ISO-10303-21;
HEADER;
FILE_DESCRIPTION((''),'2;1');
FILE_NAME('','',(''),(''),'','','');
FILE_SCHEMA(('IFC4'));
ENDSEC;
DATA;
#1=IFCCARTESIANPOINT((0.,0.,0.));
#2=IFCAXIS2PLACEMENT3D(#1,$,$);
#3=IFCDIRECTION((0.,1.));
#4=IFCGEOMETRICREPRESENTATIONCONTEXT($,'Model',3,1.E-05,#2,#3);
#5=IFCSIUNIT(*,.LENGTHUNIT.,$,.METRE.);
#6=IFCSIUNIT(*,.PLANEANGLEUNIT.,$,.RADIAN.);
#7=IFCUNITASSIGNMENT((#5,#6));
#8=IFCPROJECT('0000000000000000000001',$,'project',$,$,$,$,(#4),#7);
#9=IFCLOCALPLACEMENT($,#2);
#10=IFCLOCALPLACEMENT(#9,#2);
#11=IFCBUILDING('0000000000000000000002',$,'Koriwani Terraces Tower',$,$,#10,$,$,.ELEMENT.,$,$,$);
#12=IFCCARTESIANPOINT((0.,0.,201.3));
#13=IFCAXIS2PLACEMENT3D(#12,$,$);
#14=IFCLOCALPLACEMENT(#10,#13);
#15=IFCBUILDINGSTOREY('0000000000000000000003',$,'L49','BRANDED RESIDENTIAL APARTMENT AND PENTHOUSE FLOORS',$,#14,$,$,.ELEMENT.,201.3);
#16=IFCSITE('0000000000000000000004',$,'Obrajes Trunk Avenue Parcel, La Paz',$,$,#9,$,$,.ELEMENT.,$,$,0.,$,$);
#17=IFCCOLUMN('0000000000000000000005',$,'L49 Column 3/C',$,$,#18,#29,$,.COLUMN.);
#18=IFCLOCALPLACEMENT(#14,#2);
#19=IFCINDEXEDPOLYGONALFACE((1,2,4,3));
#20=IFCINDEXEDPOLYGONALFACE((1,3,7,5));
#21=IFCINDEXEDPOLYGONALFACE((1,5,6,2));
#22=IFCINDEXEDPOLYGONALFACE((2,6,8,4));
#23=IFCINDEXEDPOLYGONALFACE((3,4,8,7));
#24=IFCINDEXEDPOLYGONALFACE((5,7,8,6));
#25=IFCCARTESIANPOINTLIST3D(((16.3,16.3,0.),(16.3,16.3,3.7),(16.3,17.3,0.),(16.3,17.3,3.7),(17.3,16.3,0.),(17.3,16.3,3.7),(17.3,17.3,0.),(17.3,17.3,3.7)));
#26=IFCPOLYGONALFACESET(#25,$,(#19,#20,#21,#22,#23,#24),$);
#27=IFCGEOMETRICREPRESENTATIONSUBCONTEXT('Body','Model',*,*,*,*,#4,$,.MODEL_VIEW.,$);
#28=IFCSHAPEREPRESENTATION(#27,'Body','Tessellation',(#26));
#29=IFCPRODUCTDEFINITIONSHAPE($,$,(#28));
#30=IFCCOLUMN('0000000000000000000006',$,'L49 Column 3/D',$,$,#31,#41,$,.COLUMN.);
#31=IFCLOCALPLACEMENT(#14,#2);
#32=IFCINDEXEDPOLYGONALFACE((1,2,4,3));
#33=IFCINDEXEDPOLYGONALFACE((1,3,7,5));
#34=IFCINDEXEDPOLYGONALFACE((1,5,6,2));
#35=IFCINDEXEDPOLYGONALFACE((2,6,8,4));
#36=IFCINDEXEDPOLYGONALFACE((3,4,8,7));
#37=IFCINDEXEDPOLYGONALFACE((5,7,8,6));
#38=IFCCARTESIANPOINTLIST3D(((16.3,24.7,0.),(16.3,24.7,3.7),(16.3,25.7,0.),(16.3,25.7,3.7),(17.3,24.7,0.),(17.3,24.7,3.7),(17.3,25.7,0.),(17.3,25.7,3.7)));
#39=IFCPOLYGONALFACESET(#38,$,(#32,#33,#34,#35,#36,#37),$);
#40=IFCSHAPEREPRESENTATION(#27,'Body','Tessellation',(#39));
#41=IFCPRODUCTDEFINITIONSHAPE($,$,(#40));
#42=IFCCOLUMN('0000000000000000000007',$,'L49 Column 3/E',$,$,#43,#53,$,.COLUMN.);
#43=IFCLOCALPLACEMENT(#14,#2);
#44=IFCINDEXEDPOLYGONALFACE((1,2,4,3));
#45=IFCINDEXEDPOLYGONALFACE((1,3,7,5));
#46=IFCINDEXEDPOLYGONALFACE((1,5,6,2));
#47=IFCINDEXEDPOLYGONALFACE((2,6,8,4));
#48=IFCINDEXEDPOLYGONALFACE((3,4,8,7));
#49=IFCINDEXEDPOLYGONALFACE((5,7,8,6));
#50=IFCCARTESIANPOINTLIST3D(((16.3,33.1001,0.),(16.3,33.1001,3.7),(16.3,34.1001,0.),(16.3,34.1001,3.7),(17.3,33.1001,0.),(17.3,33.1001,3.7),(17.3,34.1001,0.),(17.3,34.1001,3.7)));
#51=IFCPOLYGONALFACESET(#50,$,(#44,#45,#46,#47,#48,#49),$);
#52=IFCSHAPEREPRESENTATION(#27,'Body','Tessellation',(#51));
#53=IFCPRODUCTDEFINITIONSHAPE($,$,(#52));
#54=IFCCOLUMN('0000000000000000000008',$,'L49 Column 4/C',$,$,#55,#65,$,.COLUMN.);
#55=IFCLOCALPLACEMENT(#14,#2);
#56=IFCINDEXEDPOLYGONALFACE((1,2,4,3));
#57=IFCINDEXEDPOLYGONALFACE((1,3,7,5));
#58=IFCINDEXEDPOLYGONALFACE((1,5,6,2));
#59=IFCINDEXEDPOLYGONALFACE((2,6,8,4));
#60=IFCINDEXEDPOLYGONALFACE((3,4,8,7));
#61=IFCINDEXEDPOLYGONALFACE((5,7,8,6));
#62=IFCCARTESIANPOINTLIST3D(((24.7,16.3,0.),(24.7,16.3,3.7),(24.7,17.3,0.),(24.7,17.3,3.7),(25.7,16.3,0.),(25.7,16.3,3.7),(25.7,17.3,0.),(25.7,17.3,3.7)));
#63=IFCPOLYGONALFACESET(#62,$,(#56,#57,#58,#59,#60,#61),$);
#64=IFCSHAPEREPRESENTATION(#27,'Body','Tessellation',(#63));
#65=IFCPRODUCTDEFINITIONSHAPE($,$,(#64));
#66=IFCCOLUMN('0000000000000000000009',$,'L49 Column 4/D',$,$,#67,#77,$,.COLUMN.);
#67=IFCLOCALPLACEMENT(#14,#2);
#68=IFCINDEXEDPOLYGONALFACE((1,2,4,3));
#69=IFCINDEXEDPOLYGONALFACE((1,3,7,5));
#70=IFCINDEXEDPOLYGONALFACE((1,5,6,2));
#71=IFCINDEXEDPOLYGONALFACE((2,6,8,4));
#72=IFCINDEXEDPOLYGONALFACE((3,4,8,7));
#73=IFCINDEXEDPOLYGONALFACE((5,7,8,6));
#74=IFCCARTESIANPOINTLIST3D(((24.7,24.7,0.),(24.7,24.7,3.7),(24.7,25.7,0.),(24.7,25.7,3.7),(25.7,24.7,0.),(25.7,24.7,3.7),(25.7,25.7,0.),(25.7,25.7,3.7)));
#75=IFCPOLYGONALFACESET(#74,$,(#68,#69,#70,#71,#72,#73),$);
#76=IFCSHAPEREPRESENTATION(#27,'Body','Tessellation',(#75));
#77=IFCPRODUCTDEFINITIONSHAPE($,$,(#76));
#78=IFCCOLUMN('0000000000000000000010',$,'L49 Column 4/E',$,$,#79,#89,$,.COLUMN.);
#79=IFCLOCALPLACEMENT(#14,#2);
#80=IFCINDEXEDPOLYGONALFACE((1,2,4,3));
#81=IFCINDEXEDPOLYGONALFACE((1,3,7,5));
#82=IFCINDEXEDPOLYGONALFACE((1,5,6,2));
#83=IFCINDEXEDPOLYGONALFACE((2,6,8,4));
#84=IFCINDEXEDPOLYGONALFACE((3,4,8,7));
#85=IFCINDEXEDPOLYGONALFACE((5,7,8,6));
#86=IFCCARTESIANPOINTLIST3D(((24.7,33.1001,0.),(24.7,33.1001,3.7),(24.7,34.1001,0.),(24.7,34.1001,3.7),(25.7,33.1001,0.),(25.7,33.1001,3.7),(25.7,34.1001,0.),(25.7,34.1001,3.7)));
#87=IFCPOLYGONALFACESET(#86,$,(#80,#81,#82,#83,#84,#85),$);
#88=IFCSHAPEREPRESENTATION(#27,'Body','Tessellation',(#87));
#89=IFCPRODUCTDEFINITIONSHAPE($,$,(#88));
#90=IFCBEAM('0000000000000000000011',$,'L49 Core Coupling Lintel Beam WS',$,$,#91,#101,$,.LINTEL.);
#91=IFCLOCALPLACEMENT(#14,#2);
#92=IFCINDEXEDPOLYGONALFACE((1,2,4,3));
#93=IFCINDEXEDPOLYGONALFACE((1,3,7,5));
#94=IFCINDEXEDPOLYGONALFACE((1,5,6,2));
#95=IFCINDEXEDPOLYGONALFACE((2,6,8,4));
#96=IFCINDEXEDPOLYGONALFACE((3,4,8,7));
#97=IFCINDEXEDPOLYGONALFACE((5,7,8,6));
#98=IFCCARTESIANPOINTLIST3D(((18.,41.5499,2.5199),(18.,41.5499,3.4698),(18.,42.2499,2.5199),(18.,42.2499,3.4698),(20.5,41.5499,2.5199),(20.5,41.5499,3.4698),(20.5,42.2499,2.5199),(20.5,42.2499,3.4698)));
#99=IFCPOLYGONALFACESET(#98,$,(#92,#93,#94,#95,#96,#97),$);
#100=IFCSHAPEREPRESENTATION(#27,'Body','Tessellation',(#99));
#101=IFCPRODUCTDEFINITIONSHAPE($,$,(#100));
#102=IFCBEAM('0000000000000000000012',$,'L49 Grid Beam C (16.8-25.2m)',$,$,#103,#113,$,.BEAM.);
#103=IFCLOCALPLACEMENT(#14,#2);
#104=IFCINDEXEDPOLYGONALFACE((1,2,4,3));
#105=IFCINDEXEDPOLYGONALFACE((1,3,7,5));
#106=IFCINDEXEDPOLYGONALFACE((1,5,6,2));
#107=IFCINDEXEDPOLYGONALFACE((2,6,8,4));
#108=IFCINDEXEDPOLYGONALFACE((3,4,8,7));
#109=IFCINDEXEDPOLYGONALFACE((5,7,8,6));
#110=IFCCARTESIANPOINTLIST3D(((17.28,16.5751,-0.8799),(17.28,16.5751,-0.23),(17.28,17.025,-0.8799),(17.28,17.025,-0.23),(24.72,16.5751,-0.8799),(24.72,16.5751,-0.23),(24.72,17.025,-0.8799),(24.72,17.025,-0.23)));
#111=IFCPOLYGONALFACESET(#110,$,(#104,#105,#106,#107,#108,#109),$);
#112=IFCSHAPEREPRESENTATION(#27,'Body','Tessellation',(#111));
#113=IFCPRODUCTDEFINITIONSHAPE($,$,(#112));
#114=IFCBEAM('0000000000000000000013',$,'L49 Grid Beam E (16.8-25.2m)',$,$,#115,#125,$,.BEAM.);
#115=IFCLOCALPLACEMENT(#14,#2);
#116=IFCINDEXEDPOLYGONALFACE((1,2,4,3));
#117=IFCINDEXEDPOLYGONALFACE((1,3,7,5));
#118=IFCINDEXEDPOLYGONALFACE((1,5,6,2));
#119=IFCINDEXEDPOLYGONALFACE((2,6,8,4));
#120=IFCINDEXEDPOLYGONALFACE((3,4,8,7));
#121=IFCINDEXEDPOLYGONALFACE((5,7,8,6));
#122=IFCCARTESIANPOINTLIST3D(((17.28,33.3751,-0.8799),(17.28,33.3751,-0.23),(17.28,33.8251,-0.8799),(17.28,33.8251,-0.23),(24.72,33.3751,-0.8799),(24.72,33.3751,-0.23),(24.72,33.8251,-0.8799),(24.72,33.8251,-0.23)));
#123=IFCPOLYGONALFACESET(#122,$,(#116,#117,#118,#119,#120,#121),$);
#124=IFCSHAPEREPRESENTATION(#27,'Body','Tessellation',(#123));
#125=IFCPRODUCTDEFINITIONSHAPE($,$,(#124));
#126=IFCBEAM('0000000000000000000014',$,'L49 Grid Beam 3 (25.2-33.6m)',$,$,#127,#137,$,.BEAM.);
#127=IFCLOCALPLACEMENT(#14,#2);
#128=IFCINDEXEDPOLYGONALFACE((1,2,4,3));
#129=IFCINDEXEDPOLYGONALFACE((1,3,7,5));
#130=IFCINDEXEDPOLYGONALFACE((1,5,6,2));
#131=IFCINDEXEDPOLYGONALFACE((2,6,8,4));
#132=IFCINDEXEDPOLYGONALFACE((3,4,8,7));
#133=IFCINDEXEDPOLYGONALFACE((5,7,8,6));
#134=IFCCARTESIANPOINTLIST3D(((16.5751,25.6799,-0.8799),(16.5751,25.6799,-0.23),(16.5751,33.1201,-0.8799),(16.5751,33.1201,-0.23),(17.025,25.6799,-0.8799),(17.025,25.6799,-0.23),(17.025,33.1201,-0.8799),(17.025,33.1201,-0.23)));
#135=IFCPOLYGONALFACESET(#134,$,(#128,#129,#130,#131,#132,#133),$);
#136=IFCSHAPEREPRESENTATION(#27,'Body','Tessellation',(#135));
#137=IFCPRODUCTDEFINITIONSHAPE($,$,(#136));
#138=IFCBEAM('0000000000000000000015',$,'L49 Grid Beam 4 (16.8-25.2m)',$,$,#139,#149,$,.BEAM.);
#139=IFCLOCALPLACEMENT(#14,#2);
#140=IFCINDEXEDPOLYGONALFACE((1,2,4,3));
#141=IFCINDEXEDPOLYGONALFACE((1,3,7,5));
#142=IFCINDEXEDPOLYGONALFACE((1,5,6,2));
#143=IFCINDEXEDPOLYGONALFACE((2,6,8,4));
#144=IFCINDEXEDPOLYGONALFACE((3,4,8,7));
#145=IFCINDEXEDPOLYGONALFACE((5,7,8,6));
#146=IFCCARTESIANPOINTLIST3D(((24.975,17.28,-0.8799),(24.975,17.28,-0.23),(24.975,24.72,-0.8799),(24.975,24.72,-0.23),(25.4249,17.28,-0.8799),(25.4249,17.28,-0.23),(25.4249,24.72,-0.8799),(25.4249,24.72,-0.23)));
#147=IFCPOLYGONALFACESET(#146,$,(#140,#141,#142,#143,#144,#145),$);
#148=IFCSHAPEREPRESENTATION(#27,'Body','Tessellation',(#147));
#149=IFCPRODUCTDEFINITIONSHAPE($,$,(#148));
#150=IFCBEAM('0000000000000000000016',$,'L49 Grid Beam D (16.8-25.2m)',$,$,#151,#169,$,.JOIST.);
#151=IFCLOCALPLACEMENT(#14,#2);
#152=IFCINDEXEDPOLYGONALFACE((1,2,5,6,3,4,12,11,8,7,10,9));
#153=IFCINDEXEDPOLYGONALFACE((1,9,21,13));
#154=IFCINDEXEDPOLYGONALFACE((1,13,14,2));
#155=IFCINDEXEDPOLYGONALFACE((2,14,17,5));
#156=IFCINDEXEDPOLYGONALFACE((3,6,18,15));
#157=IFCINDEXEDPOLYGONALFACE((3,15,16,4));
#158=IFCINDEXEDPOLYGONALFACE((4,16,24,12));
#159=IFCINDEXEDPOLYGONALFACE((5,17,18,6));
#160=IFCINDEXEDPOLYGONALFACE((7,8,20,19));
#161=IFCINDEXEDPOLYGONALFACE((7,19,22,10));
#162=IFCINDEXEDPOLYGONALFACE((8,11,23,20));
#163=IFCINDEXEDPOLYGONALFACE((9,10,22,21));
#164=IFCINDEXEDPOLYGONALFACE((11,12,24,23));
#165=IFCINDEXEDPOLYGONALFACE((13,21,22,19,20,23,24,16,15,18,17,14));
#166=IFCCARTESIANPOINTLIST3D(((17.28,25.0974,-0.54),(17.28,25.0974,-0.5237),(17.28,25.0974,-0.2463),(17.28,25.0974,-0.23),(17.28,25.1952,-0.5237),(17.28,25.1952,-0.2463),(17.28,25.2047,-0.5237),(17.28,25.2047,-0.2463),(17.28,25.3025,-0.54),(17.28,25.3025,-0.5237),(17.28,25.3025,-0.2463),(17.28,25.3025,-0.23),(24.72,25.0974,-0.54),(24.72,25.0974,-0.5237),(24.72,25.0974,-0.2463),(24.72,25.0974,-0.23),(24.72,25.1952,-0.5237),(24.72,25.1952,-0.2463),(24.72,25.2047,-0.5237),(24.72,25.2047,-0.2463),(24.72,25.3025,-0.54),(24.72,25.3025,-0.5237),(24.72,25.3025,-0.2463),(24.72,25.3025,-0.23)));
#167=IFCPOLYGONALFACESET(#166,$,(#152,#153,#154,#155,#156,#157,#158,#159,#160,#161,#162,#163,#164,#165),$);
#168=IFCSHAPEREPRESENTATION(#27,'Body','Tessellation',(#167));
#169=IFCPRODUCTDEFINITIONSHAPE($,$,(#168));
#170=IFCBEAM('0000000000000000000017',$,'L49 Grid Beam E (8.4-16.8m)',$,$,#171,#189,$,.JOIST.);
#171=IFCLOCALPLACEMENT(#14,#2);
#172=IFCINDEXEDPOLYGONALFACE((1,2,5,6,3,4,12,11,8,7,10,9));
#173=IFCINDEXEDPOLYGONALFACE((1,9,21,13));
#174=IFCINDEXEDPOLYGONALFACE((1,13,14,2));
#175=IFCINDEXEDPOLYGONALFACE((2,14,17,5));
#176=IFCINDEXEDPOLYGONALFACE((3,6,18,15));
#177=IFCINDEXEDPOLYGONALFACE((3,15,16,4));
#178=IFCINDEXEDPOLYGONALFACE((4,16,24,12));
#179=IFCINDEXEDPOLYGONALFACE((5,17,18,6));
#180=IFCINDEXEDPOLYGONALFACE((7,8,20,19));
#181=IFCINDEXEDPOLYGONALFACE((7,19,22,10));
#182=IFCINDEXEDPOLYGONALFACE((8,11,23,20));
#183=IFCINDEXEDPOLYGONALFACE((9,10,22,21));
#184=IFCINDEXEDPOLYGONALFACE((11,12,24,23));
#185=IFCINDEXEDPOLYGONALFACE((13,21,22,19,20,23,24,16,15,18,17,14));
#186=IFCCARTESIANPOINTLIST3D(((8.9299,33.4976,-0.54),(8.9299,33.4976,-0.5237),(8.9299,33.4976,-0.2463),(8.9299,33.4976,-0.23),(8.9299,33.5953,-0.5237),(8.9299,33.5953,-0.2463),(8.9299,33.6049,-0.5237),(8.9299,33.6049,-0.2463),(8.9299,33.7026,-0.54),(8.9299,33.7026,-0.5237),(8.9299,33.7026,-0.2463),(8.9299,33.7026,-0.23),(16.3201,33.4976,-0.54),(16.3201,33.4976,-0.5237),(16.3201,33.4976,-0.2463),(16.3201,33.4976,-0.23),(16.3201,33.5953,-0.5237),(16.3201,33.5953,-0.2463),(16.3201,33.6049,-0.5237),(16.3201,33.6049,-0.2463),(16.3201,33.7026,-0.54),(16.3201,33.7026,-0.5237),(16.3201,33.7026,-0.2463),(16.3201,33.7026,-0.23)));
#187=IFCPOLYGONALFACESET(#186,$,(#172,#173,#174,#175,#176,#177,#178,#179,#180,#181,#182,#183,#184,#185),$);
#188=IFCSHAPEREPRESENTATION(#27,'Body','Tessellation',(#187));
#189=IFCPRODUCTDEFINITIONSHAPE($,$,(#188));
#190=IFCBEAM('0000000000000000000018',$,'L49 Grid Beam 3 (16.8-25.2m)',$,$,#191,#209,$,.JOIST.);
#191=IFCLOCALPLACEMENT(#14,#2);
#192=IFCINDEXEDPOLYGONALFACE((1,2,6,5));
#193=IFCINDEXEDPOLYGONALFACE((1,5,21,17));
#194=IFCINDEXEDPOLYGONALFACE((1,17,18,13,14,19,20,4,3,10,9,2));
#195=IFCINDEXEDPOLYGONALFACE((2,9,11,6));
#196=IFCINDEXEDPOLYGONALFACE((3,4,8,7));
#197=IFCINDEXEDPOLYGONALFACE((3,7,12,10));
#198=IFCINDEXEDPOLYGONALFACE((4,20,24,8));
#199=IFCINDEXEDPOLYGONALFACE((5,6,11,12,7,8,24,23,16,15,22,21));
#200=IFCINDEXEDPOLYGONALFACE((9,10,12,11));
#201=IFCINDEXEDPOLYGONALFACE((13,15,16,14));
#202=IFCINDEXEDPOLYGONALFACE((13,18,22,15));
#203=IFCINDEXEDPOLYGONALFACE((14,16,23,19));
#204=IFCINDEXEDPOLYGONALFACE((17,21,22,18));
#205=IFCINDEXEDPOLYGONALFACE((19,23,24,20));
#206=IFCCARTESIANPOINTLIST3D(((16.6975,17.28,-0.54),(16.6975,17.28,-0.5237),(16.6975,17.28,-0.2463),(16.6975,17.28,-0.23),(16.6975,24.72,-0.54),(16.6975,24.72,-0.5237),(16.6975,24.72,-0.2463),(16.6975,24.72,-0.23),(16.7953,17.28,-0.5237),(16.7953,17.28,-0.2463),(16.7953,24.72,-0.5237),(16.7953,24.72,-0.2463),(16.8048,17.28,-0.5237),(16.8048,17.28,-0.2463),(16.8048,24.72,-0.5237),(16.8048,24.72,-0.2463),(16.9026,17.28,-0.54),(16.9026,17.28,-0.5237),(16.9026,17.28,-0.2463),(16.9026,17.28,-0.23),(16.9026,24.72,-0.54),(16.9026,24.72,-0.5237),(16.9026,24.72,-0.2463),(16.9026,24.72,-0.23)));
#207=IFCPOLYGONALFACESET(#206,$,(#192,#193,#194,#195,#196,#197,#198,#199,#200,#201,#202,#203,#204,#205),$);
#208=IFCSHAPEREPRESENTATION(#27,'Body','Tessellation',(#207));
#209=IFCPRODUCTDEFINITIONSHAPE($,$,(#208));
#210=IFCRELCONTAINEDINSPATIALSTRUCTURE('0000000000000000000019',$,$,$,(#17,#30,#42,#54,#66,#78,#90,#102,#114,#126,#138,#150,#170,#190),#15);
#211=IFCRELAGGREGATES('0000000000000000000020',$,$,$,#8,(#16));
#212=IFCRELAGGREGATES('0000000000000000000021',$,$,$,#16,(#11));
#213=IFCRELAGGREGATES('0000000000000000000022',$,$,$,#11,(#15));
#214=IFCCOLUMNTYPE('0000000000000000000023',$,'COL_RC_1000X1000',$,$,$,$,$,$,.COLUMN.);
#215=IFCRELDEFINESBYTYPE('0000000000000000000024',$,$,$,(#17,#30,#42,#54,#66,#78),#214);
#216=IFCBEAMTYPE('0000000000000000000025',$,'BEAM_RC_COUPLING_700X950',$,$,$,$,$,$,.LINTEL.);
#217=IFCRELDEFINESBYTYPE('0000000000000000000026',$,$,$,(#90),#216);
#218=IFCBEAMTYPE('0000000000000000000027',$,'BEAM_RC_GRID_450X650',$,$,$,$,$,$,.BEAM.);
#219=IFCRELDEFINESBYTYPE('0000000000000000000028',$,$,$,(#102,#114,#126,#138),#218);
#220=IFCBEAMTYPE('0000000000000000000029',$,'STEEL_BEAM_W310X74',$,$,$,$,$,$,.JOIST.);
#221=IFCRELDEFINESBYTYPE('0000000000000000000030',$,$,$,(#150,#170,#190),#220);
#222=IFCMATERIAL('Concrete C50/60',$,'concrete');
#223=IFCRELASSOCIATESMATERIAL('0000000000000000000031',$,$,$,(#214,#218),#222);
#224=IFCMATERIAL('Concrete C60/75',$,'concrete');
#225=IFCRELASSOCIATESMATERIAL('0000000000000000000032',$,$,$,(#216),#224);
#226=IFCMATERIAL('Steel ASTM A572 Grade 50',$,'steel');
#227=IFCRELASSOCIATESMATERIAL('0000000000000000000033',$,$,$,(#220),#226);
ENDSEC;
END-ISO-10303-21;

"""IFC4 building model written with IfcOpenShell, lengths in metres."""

from ifc_helpers import new_model, si_unit, direction, frame, origin, origin_2d, place, context, subcontext, project, spatial, rectangle, i_section, extrude, material, material_profile, profile_set, type_object, element, save


model = new_model("IFC4")

# Units and contexts
model_context = context("Model", 3, precision=1e-05, world=origin(), true_north=direction((0.0, 1.0)))
body_context = subcontext(model_context, "Body", "Model", "MODEL_VIEW")
ifc_project = project(units=[si_unit("LENGTHUNIT", "METRE"), si_unit("PLANEANGLEUNIT", "RADIAN")], contexts=[model_context])

# Site, building, storey
site_placement = place(None, origin())
site = spatial("IfcSite", under=ifc_project, at=site_placement, Name="Obrajes Trunk Avenue Parcel, La Paz", CompositionType="ELEMENT", RefElevation=0.0)
building_placement = place(site_placement, origin())
building = spatial("IfcBuilding", under=site, at=building_placement, Name="Koriwani Terraces Tower", CompositionType="ELEMENT")
storey_placement = place(building_placement, frame((0.0, 0.0, 201.3)))
storey = spatial("IfcBuildingStorey", under=building, at=storey_placement, Name="L49", Description="BRANDED RESIDENTIAL APARTMENT AND PENTHOUSE FLOORS", CompositionType="ELEMENT", Elevation=201.3)

# Columns
ifc_material_1 = material(Name="Concrete C50/60", Category="concrete")
ifc_material_profile_1 = material_profile(ifc_material_1, rectangle(XDim=1.0, YDim=1.0, at=origin_2d()), Name="Concrete C50/60", Category="LoadBearing")
ifc_profile_set_1 = profile_set([ifc_material_profile_1], Name="Concrete C50/60")
column_type = type_object("IfcColumnType", Name="COL_RC_1000X1000", PredefinedType="COLUMN", material=ifc_profile_set_1)
for number, where, z_axis, x_axis, name in (
    (1, (16.8, 16.8, 0.0), (0.0, 0.0, 1.0), (1.0, 0.0, 0.0), "L49 Column 3/C"),
    (2, (16.8, 25.2, 0.0), (0.0, 0.0, 1.0), (1.0, 0.0, 0.0), "L49 Column 3/D"),
    (3, (16.8, 33.6001, 0.0), (0.0, 0.0, 1.0), (1.0, 0.0, 0.0), "L49 Column 3/E"),
    (4, (25.2, 16.8, 0.0), (0.0, 0.0, 1.0), (1.0, 0.0, 0.0), "L49 Column 4/C"),
    (5, (25.2, 25.2, 0.0), (0.0, 0.0, 1.0), (1.0, 0.0, 0.0), "L49 Column 4/D"),
    (6, (25.2, 33.6001, 0.0), (0.0, 0.0, 1.0), (1.0, 0.0, 0.0), "L49 Column 4/E"),
):
    element("IfcColumn", number, at=place(storey_placement, frame(where, z_axis=z_axis, x_axis=x_axis)), inside=storey, type_object=column_type, Name=name, PredefinedType="COLUMN", context=body_context, shape_type="SweptSolid", body=[
        extrude(rectangle(XDim=1.0, YDim=1.0, at=origin_2d()), origin(), (0.0, 0.0, 1.0), 3.7),
    ])

# Beams
ifc_material_2 = material(Name="Concrete C60/75", Category="concrete")
ifc_material_profile_2 = material_profile(ifc_material_2, rectangle(XDim=0.7, YDim=0.95, at=origin_2d()), Name="Concrete C60/75", Category="LoadBearing")
ifc_profile_set_2 = profile_set([ifc_material_profile_2], Name="Concrete C60/75")
beam_type_1 = type_object("IfcBeamType", Name="BEAM_RC_COUPLING_700X950", PredefinedType="LINTEL", material=ifc_profile_set_2)
beam_1_placement = place(storey_placement, frame((18.0, 41.8999, 2.9949), z_axis=(1.0, 0.0, 0.0), x_axis=(0.0, 1.0, 0.0)))
element("IfcBeam", 7, at=beam_1_placement, inside=storey, type_object=beam_type_1, Name="L49 Core Coupling Lintel Beam WS", PredefinedType="LINTEL", context=body_context, shape_type="SweptSolid", body=[
    extrude(rectangle(XDim=0.7, YDim=0.95, at=origin_2d()), origin(), (0.0, 0.0, 1.0), 2.5),
])
ifc_material_profile_3 = material_profile(ifc_material_1, rectangle(XDim=0.45, YDim=0.6499, at=origin_2d()), Name="Concrete C50/60", Category="LoadBearing")
ifc_profile_set_3 = profile_set([ifc_material_profile_3], Name="Concrete C50/60")
beam_type_2 = type_object("IfcBeamType", Name="BEAM_RC_GRID_450X650", PredefinedType="BEAM", material=ifc_profile_set_3)
for number, where, z_axis, x_axis, name in (
    (8, (17.28, 16.8, -0.5549), (1.0, 0.0, 0.0), (0.0, 1.0, 0.0), "L49 Grid Beam C (16.8-25.2m)"),
    (9, (17.28, 33.6001, -0.5549), (1.0, 0.0, 0.0), (0.0, 1.0, 0.0), "L49 Grid Beam E (16.8-25.2m)"),
):
    element("IfcBeam", number, at=place(storey_placement, frame(where, z_axis=z_axis, x_axis=x_axis)), inside=storey, type_object=beam_type_2, Name=name, PredefinedType="BEAM", context=body_context, shape_type="SweptSolid", body=[
        extrude(rectangle(XDim=0.45, YDim=0.6499, at=origin_2d()), origin(), (0.0, 0.0, 1.0), 7.4399),
    ])
beam_2_placement = place(storey_placement, frame((16.8, 25.6799, -0.5549), z_axis=(0.0, 1.0, 0.0), x_axis=(-1.0, 0.0, 0.0)))
element("IfcBeam", 10, at=beam_2_placement, inside=storey, type_object=beam_type_2, Name="L49 Grid Beam 3 (25.2-33.6m)", PredefinedType="BEAM", context=body_context, shape_type="SweptSolid", body=[
    extrude(rectangle(XDim=0.45, YDim=0.6499, at=origin_2d()), origin(), (0.0, 0.0, 1.0), 7.4402),
])
beam_3_placement = place(storey_placement, frame((25.2, 17.28, -0.5549), z_axis=(0.0, 1.0, 0.0), x_axis=(-1.0, 0.0, 0.0)))
element("IfcBeam", 11, at=beam_3_placement, inside=storey, type_object=beam_type_2, Name="L49 Grid Beam 4 (16.8-25.2m)", PredefinedType="BEAM", context=body_context, shape_type="SweptSolid", body=[
    extrude(rectangle(XDim=0.45, YDim=0.6499, at=origin_2d()), origin(), (0.0, 0.0, 1.0), 7.4399),
])
ifc_material_3 = material(Name="Steel ASTM A572 Grade 50", Category="steel")
ifc_material_profile_4 = material_profile(ifc_material_3, i_section(OverallWidth=0.2051, OverallDepth=0.3101, WebThickness=0.0095, FlangeThickness=0.0164, at=origin_2d()), Name="Steel ASTM A572 Grade 50", Category="LoadBearing")
ifc_profile_set_4 = profile_set([ifc_material_profile_4], Name="Steel ASTM A572 Grade 50")
beam_type_3 = type_object("IfcBeamType", Name="STEEL_BEAM_W310X74", PredefinedType="JOIST", material=ifc_profile_set_4)
beam_4_placement = place(storey_placement, frame((17.28, 25.2, -0.385), z_axis=(1.0, 0.0, 0.0), x_axis=(0.0, 1.0, 0.0)))
element("IfcBeam", 12, at=beam_4_placement, inside=storey, type_object=beam_type_3, Name="L49 Grid Beam D (16.8-25.2m)", PredefinedType="JOIST", context=body_context, shape_type="SweptSolid", body=[
    extrude(i_section(OverallWidth=0.2051, OverallDepth=0.3101, WebThickness=0.0095, FlangeThickness=0.0164, at=origin_2d()), origin(), (0.0, 0.0, 1.0), 7.4399),
])
beam_5_placement = place(storey_placement, frame((8.9299, 33.6001, -0.385), z_axis=(1.0, 0.0, 0.0), x_axis=(0.0, 1.0, 0.0)))
element("IfcBeam", 13, at=beam_5_placement, inside=storey, type_object=beam_type_3, Name="L49 Grid Beam E (8.4-16.8m)", PredefinedType="JOIST", context=body_context, shape_type="SweptSolid", body=[
    extrude(i_section(OverallWidth=0.2051, OverallDepth=0.3101, WebThickness=0.0095, FlangeThickness=0.0164, at=origin_2d()), origin(), (0.0, 0.0, 1.0), 7.3901),
])
beam_6_placement = place(storey_placement, frame((16.8, 17.28, -0.385), z_axis=(0.0, 1.0, 0.0), x_axis=(-1.0, 0.0, 0.0)))
element("IfcBeam", 14, at=beam_6_placement, inside=storey, type_object=beam_type_3, Name="L49 Grid Beam 3 (16.8-25.2m)", PredefinedType="JOIST", context=body_context, shape_type="SweptSolid", body=[
    extrude(i_section(OverallWidth=0.2051, OverallDepth=0.3101, WebThickness=0.0095, FlangeThickness=0.0164, at=origin_2d()), origin(), (0.0, 0.0, 1.0), 7.4399),
])

save(model, "model.ifc")
